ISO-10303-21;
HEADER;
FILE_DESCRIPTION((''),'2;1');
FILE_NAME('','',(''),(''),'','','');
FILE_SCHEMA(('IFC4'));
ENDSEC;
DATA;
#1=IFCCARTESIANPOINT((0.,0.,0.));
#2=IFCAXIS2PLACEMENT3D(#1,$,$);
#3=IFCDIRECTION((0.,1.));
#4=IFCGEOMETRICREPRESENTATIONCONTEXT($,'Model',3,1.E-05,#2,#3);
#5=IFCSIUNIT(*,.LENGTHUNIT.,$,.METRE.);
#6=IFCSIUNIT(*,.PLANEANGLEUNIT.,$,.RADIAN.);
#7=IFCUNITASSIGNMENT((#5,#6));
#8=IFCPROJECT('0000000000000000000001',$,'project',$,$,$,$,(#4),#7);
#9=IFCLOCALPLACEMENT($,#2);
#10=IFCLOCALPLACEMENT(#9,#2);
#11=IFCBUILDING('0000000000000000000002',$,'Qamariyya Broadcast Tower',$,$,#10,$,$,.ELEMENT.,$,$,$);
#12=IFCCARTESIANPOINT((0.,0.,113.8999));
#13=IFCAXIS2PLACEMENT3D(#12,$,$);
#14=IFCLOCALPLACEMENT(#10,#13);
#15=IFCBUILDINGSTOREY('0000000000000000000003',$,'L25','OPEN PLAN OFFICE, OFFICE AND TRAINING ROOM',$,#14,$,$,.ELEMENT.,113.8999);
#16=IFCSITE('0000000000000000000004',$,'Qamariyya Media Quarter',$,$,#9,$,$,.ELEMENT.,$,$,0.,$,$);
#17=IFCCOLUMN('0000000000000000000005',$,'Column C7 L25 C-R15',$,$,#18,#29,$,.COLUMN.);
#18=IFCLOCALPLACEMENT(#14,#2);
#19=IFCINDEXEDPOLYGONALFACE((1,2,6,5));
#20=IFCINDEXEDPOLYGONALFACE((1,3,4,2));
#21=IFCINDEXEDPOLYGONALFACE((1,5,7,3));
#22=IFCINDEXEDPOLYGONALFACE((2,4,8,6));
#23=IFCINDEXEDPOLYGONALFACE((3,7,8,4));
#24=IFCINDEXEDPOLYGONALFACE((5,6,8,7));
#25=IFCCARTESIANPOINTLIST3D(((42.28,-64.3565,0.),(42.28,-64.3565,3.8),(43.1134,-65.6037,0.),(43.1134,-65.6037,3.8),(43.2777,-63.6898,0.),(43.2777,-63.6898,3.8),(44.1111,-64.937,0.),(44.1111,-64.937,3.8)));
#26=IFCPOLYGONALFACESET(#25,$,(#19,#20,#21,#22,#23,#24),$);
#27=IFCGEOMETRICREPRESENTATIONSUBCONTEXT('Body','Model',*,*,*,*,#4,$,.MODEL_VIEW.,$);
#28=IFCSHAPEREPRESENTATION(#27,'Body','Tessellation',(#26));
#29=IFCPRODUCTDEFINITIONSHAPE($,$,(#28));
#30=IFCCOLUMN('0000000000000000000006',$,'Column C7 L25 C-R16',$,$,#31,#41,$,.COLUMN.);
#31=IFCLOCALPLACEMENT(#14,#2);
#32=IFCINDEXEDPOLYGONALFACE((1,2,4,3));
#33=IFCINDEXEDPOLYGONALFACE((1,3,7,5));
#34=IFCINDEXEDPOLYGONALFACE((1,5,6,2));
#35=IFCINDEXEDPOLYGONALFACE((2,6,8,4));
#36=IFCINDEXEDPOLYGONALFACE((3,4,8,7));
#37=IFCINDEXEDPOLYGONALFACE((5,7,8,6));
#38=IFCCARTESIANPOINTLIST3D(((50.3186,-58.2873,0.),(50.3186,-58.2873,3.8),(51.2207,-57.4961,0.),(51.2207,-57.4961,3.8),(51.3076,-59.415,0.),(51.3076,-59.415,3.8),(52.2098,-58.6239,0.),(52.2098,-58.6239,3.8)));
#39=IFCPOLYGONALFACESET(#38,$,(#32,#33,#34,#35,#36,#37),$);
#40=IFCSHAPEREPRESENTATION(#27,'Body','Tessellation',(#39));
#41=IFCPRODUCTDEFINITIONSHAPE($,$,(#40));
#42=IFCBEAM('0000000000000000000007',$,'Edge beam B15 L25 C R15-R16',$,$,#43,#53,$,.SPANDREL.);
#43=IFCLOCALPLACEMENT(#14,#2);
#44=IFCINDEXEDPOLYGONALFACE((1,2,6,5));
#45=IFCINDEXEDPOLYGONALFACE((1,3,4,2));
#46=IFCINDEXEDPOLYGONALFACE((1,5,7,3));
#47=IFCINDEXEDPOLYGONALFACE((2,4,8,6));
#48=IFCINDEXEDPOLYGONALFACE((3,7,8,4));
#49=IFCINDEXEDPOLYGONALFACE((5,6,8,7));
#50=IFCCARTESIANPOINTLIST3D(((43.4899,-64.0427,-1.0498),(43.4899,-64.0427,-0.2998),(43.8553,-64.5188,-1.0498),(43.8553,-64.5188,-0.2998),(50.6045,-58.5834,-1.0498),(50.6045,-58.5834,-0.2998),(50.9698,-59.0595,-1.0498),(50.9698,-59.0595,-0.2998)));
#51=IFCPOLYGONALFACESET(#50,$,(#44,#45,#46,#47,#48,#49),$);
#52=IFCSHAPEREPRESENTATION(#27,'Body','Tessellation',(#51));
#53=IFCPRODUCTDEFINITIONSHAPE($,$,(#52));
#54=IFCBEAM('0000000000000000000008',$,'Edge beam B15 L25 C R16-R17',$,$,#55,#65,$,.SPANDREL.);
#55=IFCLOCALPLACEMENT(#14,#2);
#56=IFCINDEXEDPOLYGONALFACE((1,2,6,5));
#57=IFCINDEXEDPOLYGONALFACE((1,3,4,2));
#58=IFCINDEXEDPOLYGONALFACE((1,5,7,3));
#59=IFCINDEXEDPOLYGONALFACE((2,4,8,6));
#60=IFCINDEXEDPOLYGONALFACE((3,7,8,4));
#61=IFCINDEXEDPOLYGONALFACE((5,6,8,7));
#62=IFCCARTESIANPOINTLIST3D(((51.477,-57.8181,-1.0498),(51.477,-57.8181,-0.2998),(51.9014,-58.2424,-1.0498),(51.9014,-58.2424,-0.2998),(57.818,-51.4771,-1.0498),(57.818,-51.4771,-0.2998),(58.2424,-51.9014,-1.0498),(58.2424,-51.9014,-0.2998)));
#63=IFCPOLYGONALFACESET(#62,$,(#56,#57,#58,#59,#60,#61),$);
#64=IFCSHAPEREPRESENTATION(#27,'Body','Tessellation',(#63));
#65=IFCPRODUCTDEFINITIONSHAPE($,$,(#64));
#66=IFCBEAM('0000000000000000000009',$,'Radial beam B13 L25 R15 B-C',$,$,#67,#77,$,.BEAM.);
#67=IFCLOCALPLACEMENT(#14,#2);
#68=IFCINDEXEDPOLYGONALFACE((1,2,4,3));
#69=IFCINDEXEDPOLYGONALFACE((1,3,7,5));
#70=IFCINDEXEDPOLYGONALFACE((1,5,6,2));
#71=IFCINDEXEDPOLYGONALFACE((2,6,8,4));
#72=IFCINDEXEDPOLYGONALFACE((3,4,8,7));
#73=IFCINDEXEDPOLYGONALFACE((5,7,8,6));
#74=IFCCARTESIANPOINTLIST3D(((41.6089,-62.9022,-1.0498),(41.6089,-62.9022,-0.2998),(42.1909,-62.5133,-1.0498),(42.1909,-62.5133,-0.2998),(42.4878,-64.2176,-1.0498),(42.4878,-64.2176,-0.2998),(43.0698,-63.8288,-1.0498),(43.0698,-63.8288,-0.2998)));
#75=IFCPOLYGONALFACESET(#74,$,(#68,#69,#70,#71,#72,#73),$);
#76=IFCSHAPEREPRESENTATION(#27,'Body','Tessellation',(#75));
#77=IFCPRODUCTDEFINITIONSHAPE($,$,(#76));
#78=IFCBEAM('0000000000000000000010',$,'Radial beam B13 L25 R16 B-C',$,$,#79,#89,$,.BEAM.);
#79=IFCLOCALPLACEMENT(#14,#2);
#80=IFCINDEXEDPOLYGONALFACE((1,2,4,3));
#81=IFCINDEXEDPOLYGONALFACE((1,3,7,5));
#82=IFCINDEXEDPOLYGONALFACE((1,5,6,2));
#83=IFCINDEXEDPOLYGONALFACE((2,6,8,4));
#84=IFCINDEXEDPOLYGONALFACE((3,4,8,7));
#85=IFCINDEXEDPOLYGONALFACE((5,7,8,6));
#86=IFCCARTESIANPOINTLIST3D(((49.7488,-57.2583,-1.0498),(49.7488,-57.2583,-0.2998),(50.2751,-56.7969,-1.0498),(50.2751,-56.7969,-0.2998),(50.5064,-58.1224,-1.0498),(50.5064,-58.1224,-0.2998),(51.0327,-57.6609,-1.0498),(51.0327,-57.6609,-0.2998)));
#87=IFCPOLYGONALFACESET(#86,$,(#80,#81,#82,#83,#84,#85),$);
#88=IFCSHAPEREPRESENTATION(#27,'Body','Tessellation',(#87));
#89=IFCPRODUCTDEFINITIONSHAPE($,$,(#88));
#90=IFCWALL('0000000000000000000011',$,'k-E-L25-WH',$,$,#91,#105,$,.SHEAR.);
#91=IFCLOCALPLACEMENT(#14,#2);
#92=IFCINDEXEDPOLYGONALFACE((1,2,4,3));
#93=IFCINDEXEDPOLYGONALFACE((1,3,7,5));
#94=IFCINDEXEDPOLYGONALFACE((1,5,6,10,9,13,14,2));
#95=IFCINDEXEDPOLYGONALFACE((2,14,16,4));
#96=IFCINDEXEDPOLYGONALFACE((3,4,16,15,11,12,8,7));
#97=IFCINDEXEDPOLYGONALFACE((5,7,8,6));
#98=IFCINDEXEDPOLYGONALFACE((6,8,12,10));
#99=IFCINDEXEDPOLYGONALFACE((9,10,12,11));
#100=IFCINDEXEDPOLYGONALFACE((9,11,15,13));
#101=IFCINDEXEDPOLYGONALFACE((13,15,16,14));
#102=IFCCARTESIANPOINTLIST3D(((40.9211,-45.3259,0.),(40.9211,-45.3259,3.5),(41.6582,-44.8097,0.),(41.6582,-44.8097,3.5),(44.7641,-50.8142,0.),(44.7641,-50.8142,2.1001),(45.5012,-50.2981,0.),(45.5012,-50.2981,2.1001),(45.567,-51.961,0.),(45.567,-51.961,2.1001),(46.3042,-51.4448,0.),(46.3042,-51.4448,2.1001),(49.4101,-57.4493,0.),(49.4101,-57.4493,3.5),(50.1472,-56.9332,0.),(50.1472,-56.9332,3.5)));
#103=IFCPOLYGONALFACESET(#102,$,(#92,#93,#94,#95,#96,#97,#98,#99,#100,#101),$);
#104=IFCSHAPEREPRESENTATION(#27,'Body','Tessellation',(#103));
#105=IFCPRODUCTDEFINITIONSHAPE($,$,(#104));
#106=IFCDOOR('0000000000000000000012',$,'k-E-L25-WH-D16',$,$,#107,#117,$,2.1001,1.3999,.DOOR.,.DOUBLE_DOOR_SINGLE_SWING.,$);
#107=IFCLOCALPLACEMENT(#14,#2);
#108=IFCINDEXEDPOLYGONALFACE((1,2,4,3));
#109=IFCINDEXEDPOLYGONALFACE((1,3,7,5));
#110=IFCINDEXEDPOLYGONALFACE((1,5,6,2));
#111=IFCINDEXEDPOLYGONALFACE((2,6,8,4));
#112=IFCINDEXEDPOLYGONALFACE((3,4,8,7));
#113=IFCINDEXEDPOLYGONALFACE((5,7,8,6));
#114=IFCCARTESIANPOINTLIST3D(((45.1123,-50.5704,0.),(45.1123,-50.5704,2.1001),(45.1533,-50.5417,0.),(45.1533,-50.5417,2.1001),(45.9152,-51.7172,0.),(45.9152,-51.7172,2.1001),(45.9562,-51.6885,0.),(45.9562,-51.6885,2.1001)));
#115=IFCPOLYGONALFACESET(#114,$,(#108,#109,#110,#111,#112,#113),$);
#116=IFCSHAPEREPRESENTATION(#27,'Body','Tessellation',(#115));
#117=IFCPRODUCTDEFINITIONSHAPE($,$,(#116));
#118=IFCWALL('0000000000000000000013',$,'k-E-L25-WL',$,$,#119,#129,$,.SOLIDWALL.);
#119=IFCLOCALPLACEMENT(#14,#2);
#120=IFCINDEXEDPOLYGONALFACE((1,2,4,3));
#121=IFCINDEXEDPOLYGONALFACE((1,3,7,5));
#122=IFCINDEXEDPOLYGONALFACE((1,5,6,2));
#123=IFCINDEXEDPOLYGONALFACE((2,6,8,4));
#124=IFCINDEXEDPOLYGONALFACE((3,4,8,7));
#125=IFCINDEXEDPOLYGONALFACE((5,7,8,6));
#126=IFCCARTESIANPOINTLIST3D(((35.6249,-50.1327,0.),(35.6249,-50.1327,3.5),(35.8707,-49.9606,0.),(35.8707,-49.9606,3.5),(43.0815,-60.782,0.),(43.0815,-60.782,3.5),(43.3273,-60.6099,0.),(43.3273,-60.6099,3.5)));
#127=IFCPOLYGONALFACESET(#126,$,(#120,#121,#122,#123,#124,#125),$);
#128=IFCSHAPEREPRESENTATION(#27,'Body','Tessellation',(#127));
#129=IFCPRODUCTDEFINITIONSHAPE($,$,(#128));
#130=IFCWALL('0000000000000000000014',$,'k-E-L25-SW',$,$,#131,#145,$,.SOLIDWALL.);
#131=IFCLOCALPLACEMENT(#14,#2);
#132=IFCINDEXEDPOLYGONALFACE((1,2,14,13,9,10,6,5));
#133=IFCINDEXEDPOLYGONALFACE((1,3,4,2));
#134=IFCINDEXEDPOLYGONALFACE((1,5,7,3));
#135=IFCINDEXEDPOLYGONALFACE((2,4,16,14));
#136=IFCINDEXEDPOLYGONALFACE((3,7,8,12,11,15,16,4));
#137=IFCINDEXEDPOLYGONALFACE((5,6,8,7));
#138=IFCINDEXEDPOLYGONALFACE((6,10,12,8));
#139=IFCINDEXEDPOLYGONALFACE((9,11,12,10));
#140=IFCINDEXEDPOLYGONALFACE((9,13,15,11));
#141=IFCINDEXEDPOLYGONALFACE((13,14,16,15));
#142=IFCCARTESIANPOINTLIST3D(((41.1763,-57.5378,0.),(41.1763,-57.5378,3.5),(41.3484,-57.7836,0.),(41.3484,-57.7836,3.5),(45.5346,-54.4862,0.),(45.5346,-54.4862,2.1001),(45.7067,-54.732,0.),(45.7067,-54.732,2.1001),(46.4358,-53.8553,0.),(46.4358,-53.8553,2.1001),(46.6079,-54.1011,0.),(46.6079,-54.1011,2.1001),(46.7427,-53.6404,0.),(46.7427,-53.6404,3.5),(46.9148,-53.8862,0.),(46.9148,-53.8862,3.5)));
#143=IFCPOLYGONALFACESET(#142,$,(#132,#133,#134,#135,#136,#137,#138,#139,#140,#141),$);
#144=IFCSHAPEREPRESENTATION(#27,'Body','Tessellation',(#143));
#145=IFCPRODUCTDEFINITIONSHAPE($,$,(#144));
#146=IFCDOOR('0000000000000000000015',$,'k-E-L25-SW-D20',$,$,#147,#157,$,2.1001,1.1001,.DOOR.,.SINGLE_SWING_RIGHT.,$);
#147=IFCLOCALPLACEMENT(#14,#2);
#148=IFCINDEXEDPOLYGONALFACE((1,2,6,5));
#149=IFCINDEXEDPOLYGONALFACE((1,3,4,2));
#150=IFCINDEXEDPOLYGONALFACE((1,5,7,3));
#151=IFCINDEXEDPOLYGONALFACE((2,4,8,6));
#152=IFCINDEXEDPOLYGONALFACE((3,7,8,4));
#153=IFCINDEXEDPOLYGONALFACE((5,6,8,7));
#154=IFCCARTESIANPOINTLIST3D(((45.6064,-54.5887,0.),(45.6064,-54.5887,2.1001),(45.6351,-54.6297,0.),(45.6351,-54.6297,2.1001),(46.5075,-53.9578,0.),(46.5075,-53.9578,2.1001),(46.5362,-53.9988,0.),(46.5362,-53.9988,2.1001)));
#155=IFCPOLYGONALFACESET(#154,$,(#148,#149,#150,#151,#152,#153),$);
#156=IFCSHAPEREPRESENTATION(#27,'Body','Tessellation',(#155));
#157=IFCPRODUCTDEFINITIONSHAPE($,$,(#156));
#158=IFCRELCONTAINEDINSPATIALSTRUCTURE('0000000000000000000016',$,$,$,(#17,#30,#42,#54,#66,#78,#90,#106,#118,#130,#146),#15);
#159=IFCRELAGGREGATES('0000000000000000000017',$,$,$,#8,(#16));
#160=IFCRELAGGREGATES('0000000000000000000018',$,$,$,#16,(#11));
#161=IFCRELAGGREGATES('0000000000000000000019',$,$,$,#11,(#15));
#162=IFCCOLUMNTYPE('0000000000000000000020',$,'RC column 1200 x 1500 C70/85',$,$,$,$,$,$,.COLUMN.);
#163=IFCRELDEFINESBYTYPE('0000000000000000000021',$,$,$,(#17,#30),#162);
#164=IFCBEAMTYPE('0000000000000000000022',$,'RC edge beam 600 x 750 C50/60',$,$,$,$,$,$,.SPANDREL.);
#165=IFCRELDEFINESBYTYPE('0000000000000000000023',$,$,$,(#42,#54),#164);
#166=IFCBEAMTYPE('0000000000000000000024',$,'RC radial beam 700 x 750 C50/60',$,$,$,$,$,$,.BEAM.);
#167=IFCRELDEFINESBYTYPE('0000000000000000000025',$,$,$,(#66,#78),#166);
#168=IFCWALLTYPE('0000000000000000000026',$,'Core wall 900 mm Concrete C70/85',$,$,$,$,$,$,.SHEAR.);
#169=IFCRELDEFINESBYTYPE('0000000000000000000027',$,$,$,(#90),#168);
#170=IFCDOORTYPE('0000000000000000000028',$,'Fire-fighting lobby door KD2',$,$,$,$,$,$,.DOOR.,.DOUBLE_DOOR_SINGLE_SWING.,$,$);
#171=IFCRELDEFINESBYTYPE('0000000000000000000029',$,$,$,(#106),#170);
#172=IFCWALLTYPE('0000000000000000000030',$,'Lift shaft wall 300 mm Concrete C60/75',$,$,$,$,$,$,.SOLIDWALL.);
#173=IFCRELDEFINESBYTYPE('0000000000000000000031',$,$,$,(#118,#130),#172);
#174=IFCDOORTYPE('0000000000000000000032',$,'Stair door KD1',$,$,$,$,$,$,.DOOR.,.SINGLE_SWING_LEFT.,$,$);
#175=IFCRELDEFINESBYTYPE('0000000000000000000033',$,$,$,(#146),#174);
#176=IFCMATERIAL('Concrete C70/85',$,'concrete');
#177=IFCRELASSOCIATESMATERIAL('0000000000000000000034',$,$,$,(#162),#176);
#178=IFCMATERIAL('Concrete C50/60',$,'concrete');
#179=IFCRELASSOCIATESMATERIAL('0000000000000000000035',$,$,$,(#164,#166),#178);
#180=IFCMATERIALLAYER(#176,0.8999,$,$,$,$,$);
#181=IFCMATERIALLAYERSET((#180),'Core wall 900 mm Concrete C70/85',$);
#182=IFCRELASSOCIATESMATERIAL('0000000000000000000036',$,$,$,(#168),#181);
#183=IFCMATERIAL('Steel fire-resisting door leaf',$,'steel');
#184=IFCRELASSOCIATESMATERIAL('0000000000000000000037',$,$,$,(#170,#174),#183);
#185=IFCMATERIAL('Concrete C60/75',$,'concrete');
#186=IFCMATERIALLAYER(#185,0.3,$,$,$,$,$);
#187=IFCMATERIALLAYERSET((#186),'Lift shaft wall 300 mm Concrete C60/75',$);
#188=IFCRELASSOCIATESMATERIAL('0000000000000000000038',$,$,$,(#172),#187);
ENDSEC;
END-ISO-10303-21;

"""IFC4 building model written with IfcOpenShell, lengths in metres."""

from ifc_helpers import new_model, si_unit, direction, frame, frame_2d, origin, origin_2d, place, context, subcontext, project, spatial, rectangle, extrude, material, layer, layer_set, material_profile, profile_set, type_object, element, fill, save


model = new_model("IFC4")

# Units and contexts
model_context = context("Model", 3, precision=1e-05, world=origin(), true_north=direction((0.0, 1.0)))
body_context = subcontext(model_context, "Body", "Model", "MODEL_VIEW")
ifc_project = project(units=[si_unit("LENGTHUNIT", "METRE"), si_unit("PLANEANGLEUNIT", "RADIAN")], contexts=[model_context])

# Site, building, storey
site_placement = place(None, origin())
site = spatial("IfcSite", under=ifc_project, at=site_placement, Name="Qamariyya Media Quarter", CompositionType="ELEMENT", RefElevation=0.0)
building_placement = place(site_placement, origin())
building = spatial("IfcBuilding", under=site, at=building_placement, Name="Qamariyya Broadcast Tower", CompositionType="ELEMENT")
storey_placement = place(building_placement, frame((0.0, 0.0, 113.8999)))
storey = spatial("IfcBuildingStorey", under=building, at=storey_placement, Name="L25", Description="OPEN PLAN OFFICE, OFFICE AND TRAINING ROOM", CompositionType="ELEMENT", Elevation=113.8999)

# Columns
ifc_material_1 = material(Name="Concrete C70/85", Category="concrete")
ifc_material_profile_1 = material_profile(ifc_material_1, rectangle(XDim=1.2, YDim=1.5, at=origin_2d()))
ifc_profile_set_1 = profile_set([ifc_material_profile_1], Name="Concrete C70/85")
column_type = type_object("IfcColumnType", Name="RC column 1200 x 1500 C70/85", PredefinedType="COLUMN", material=ifc_profile_set_1)
for number, where, z_axis, x_axis, name in (
    (1, (43.1956, -64.6467, 0.0), (0.0, 0.0, 1.0), (0.83147, 0.55557, 0.0), "Column C7 L25 C-R15"),
    (2, (51.2642, -58.4556, 0.0), (0.0, 0.0, 1.0), (0.75184, 0.659346, 0.0), "Column C7 L25 C-R16"),
):
    element("IfcColumn", number, at=place(storey_placement, frame(where, z_axis=z_axis, x_axis=x_axis)), inside=storey, type_object=column_type, Name=name, PredefinedType="COLUMN", context=body_context, shape_type="SweptSolid", body=[
        extrude(rectangle(XDim=1.2, YDim=1.5, at=origin_2d()), origin(), (0.0, 0.0, 1.0), 3.8),
    ])

# Beams
ifc_material_2 = material(Name="Concrete C50/60", Category="concrete")
ifc_material_profile_2 = material_profile(ifc_material_2, rectangle(XDim=0.6001, YDim=0.75, at=origin_2d()))
ifc_profile_set_2 = profile_set([ifc_material_profile_2], Name="Concrete C50/60")
beam_type_1 = type_object("IfcBeamType", Name="RC edge beam 600 x 750 C50/60", PredefinedType="SPANDREL", material=ifc_profile_set_2)
beam_1_placement = place(storey_placement, frame((43.6726, -64.2808, -0.6748), z_axis=(0.793349, 0.608767, 0.0), x_axis=(-0.608767, 0.793349, 0.0)))
element("IfcBeam", 3, at=beam_1_placement, inside=storey, type_object=beam_type_1, Name="Edge beam B15 L25 C R15-R16", PredefinedType="SPANDREL", context=body_context, shape_type="SweptSolid", body=[
    extrude(rectangle(XDim=0.6001, YDim=0.75, at=origin_2d()), origin(), (0.0, 0.0, 1.0), 8.9678),
])
beam_2_placement = place(storey_placement, frame((51.6892, -58.0303, -0.6748), z_axis=(0.707107, 0.707107, 0.0), x_axis=(-0.707107, 0.707107, 0.0)))
element("IfcBeam", 4, at=beam_2_placement, inside=storey, type_object=beam_type_1, Name="Edge beam B15 L25 C R16-R17", PredefinedType="SPANDREL", context=body_context, shape_type="SweptSolid", body=[
    extrude(rectangle(XDim=0.6001, YDim=0.75, at=origin_2d()), origin(), (0.0, 0.0, 1.0), 8.9675),
])
ifc_material_profile_3 = material_profile(ifc_material_2, rectangle(XDim=0.7, YDim=0.75, at=origin_2d()))
ifc_profile_set_3 = profile_set([ifc_material_profile_3], Name="Concrete C50/60")
beam_type_2 = type_object("IfcBeamType", Name="RC radial beam 700 x 750 C50/60", PredefinedType="BEAM", material=ifc_profile_set_3)
beam_3_placement = place(storey_placement, frame((41.8999, -62.7078, -0.6748), z_axis=(0.555555, -0.83148, 0.0), x_axis=(0.83148, 0.555555, 0.0)))
element("IfcBeam", 5, at=beam_3_placement, inside=storey, type_object=beam_type_2, Name="Radial beam B13 L25 R15 B-C", PredefinedType="BEAM", context=body_context, shape_type="SweptSolid", body=[
    extrude(rectangle(XDim=0.7, YDim=0.75, at=origin_2d()), origin(), (0.0, 0.0, 1.0), 1.582),
])
beam_4_placement = place(storey_placement, frame((50.012, -57.0276, -0.6748), z_axis=(0.659271, -0.751905, 0.0), x_axis=(0.751905, 0.659271, 0.0)))
element("IfcBeam", 6, at=beam_4_placement, inside=storey, type_object=beam_type_2, Name="Radial beam B13 L25 R16 B-C", PredefinedType="BEAM", context=body_context, shape_type="SweptSolid", body=[
    extrude(rectangle(XDim=0.7, YDim=0.75, at=origin_2d()), origin(), (0.0, 0.0, 1.0), 1.1492),
])

# Wall, opening, door
ifc_layer_1 = layer(ifc_material_1, 0.8999)
ifc_layer_set_1 = layer_set([ifc_layer_1], Name="Core wall 900 mm Concrete C70/85")
wall_type_1 = type_object("IfcWallType", Name="Core wall 900 mm Concrete C70/85", PredefinedType="SHEAR", material=ifc_layer_set_1)
wall_1_placement = place(storey_placement, frame((49.7786, -57.1912, 0.0), z_axis=(0.0, 0.0, 1.0), x_axis=(-0.573577, 0.819151, 0.0)))
wall_1 = element("IfcWall", 7, at=wall_1_placement, inside=storey, type_object=wall_type_1, Name="k-E-L25-WH", PredefinedType="SHEAR", context=body_context, shape_type="SweptSolid", body=[
    extrude(rectangle(XDim=14.8, YDim=0.8999, at=frame_2d((7.3999, 0.0))), origin(), (0.0, 0.0, 1.0), 3.5),
])
opening_1_placement = place(wall_1_placement, frame((6.7, 0.0, 0.0)))
opening_1 = element("IfcOpeningElement", 8, at=opening_1_placement, cuts=wall_1, PredefinedType="OPENING", context=body_context, shape_type="SweptSolid", body=[
    extrude(rectangle(XDim=1.3999, YDim=2.1001, at=frame_2d((0.7, 1.05))), frame((0.0, 0.46, 0.0), z_axis=(0.0, -1.0, 0.0), x_axis=(1.0, 0.0, 0.0)), (0.0, 0.0, 1.0), 0.9199),
])
ifc_material_3 = material(Name="Steel fire-resisting door leaf", Category="steel")
door_type_1 = type_object("IfcDoorType", Name="Fire-fighting lobby door KD2", OperationType="DOUBLE_DOOR_SINGLE_SWING", PredefinedType="DOOR", material=ifc_material_3)
door_1_placement = place(opening_1_placement, origin())
door_1 = element("IfcDoor", 9, at=door_1_placement, inside=storey, type_object=door_type_1, Name="k-E-L25-WH-D16", OperationType="DOUBLE_DOOR_SINGLE_SWING", OverallHeight=2.1001, OverallWidth=1.3999, PredefinedType="DOOR", context=body_context, shape_type="SweptSolid", body=[
    extrude(rectangle(XDim=1.3999, YDim=2.1001, at=frame_2d((0.7, 1.05))), frame((0.0, 0.0249, 0.0), z_axis=(0.0, -1.0, 0.0), x_axis=(1.0, 0.0, 0.0)), (0.0, 0.0, 1.0), 0.05),
])
fill(opening_1, door_1)

# Wall
ifc_material_4 = material(Name="Concrete C60/75", Category="concrete")
ifc_layer_2 = layer(ifc_material_4, 0.3)
ifc_layer_set_2 = layer_set([ifc_layer_2], Name="Lift shaft wall 300 mm Concrete C60/75")
wall_type_2 = type_object("IfcWallType", Name="Lift shaft wall 300 mm Concrete C60/75", PredefinedType="SOLIDWALL", material=ifc_layer_set_2)
wall_2_placement = place(storey_placement, frame((43.2043, -60.6958, 0.0), z_axis=(0.0, 0.0, 1.0), x_axis=(-0.573572, 0.819155, 0.0)))
element("IfcWall", 10, at=wall_2_placement, inside=storey, type_object=wall_type_2, Name="k-E-L25-WL", PredefinedType="SOLIDWALL", context=body_context, shape_type="SweptSolid", body=[
    extrude(rectangle(XDim=13.0002, YDim=0.3, at=frame_2d((6.5, 0.0))), origin(), (0.0, 0.0, 1.0), 3.5),
])

# Wall, opening, door
wall_3_placement = place(storey_placement, frame((41.2625, -57.6606, 0.0), z_axis=(0.0, 0.0, 1.0), x_axis=(0.819164, 0.573559, 0.0)))
wall_3 = element("IfcWall", 11, at=wall_3_placement, inside=storey, type_object=wall_type_2, Name="k-E-L25-SW", PredefinedType="SOLIDWALL", context=body_context, shape_type="SweptSolid", body=[
    extrude(rectangle(XDim=6.7952, YDim=0.3, at=frame_2d((3.3975, 0.0))), origin(), (0.0, 0.0, 1.0), 3.5),
])
opening_2_placement = place(wall_3_placement, frame((5.3203, 0.0, 0.0)))
opening_2 = element("IfcOpeningElement", 12, at=opening_2_placement, cuts=wall_3, PredefinedType="OPENING", context=body_context, shape_type="SweptSolid", body=[
    extrude(rectangle(XDim=1.1001, YDim=2.1001, at=frame_2d((0.55, 1.05))), frame((0.0, 0.1599, 0.0), z_axis=(0.0, -1.0, 0.0), x_axis=(1.0, 0.0, 0.0)), (0.0, 0.0, 1.0), 0.3201),
])
door_type_2 = type_object("IfcDoorType", Name="Stair door KD1", OperationType="SINGLE_SWING_LEFT", PredefinedType="DOOR", material=ifc_material_3)
door_2_placement = place(opening_2_placement, origin())
door_2 = element("IfcDoor", 13, at=door_2_placement, inside=storey, type_object=door_type_2, Name="k-E-L25-SW-D20", OperationType="SINGLE_SWING_RIGHT", OverallHeight=2.1001, OverallWidth=1.1001, PredefinedType="DOOR", context=body_context, shape_type="SweptSolid", body=[
    extrude(rectangle(XDim=1.1001, YDim=2.1001, at=frame_2d((0.55, 1.05))), frame((0.0, 0.0249, 0.0), z_axis=(0.0, -1.0, 0.0), x_axis=(1.0, 0.0, 0.0)), (0.0, 0.0, 1.0), 0.05),
])
fill(opening_2, door_2)

save(model, "model.ifc")
